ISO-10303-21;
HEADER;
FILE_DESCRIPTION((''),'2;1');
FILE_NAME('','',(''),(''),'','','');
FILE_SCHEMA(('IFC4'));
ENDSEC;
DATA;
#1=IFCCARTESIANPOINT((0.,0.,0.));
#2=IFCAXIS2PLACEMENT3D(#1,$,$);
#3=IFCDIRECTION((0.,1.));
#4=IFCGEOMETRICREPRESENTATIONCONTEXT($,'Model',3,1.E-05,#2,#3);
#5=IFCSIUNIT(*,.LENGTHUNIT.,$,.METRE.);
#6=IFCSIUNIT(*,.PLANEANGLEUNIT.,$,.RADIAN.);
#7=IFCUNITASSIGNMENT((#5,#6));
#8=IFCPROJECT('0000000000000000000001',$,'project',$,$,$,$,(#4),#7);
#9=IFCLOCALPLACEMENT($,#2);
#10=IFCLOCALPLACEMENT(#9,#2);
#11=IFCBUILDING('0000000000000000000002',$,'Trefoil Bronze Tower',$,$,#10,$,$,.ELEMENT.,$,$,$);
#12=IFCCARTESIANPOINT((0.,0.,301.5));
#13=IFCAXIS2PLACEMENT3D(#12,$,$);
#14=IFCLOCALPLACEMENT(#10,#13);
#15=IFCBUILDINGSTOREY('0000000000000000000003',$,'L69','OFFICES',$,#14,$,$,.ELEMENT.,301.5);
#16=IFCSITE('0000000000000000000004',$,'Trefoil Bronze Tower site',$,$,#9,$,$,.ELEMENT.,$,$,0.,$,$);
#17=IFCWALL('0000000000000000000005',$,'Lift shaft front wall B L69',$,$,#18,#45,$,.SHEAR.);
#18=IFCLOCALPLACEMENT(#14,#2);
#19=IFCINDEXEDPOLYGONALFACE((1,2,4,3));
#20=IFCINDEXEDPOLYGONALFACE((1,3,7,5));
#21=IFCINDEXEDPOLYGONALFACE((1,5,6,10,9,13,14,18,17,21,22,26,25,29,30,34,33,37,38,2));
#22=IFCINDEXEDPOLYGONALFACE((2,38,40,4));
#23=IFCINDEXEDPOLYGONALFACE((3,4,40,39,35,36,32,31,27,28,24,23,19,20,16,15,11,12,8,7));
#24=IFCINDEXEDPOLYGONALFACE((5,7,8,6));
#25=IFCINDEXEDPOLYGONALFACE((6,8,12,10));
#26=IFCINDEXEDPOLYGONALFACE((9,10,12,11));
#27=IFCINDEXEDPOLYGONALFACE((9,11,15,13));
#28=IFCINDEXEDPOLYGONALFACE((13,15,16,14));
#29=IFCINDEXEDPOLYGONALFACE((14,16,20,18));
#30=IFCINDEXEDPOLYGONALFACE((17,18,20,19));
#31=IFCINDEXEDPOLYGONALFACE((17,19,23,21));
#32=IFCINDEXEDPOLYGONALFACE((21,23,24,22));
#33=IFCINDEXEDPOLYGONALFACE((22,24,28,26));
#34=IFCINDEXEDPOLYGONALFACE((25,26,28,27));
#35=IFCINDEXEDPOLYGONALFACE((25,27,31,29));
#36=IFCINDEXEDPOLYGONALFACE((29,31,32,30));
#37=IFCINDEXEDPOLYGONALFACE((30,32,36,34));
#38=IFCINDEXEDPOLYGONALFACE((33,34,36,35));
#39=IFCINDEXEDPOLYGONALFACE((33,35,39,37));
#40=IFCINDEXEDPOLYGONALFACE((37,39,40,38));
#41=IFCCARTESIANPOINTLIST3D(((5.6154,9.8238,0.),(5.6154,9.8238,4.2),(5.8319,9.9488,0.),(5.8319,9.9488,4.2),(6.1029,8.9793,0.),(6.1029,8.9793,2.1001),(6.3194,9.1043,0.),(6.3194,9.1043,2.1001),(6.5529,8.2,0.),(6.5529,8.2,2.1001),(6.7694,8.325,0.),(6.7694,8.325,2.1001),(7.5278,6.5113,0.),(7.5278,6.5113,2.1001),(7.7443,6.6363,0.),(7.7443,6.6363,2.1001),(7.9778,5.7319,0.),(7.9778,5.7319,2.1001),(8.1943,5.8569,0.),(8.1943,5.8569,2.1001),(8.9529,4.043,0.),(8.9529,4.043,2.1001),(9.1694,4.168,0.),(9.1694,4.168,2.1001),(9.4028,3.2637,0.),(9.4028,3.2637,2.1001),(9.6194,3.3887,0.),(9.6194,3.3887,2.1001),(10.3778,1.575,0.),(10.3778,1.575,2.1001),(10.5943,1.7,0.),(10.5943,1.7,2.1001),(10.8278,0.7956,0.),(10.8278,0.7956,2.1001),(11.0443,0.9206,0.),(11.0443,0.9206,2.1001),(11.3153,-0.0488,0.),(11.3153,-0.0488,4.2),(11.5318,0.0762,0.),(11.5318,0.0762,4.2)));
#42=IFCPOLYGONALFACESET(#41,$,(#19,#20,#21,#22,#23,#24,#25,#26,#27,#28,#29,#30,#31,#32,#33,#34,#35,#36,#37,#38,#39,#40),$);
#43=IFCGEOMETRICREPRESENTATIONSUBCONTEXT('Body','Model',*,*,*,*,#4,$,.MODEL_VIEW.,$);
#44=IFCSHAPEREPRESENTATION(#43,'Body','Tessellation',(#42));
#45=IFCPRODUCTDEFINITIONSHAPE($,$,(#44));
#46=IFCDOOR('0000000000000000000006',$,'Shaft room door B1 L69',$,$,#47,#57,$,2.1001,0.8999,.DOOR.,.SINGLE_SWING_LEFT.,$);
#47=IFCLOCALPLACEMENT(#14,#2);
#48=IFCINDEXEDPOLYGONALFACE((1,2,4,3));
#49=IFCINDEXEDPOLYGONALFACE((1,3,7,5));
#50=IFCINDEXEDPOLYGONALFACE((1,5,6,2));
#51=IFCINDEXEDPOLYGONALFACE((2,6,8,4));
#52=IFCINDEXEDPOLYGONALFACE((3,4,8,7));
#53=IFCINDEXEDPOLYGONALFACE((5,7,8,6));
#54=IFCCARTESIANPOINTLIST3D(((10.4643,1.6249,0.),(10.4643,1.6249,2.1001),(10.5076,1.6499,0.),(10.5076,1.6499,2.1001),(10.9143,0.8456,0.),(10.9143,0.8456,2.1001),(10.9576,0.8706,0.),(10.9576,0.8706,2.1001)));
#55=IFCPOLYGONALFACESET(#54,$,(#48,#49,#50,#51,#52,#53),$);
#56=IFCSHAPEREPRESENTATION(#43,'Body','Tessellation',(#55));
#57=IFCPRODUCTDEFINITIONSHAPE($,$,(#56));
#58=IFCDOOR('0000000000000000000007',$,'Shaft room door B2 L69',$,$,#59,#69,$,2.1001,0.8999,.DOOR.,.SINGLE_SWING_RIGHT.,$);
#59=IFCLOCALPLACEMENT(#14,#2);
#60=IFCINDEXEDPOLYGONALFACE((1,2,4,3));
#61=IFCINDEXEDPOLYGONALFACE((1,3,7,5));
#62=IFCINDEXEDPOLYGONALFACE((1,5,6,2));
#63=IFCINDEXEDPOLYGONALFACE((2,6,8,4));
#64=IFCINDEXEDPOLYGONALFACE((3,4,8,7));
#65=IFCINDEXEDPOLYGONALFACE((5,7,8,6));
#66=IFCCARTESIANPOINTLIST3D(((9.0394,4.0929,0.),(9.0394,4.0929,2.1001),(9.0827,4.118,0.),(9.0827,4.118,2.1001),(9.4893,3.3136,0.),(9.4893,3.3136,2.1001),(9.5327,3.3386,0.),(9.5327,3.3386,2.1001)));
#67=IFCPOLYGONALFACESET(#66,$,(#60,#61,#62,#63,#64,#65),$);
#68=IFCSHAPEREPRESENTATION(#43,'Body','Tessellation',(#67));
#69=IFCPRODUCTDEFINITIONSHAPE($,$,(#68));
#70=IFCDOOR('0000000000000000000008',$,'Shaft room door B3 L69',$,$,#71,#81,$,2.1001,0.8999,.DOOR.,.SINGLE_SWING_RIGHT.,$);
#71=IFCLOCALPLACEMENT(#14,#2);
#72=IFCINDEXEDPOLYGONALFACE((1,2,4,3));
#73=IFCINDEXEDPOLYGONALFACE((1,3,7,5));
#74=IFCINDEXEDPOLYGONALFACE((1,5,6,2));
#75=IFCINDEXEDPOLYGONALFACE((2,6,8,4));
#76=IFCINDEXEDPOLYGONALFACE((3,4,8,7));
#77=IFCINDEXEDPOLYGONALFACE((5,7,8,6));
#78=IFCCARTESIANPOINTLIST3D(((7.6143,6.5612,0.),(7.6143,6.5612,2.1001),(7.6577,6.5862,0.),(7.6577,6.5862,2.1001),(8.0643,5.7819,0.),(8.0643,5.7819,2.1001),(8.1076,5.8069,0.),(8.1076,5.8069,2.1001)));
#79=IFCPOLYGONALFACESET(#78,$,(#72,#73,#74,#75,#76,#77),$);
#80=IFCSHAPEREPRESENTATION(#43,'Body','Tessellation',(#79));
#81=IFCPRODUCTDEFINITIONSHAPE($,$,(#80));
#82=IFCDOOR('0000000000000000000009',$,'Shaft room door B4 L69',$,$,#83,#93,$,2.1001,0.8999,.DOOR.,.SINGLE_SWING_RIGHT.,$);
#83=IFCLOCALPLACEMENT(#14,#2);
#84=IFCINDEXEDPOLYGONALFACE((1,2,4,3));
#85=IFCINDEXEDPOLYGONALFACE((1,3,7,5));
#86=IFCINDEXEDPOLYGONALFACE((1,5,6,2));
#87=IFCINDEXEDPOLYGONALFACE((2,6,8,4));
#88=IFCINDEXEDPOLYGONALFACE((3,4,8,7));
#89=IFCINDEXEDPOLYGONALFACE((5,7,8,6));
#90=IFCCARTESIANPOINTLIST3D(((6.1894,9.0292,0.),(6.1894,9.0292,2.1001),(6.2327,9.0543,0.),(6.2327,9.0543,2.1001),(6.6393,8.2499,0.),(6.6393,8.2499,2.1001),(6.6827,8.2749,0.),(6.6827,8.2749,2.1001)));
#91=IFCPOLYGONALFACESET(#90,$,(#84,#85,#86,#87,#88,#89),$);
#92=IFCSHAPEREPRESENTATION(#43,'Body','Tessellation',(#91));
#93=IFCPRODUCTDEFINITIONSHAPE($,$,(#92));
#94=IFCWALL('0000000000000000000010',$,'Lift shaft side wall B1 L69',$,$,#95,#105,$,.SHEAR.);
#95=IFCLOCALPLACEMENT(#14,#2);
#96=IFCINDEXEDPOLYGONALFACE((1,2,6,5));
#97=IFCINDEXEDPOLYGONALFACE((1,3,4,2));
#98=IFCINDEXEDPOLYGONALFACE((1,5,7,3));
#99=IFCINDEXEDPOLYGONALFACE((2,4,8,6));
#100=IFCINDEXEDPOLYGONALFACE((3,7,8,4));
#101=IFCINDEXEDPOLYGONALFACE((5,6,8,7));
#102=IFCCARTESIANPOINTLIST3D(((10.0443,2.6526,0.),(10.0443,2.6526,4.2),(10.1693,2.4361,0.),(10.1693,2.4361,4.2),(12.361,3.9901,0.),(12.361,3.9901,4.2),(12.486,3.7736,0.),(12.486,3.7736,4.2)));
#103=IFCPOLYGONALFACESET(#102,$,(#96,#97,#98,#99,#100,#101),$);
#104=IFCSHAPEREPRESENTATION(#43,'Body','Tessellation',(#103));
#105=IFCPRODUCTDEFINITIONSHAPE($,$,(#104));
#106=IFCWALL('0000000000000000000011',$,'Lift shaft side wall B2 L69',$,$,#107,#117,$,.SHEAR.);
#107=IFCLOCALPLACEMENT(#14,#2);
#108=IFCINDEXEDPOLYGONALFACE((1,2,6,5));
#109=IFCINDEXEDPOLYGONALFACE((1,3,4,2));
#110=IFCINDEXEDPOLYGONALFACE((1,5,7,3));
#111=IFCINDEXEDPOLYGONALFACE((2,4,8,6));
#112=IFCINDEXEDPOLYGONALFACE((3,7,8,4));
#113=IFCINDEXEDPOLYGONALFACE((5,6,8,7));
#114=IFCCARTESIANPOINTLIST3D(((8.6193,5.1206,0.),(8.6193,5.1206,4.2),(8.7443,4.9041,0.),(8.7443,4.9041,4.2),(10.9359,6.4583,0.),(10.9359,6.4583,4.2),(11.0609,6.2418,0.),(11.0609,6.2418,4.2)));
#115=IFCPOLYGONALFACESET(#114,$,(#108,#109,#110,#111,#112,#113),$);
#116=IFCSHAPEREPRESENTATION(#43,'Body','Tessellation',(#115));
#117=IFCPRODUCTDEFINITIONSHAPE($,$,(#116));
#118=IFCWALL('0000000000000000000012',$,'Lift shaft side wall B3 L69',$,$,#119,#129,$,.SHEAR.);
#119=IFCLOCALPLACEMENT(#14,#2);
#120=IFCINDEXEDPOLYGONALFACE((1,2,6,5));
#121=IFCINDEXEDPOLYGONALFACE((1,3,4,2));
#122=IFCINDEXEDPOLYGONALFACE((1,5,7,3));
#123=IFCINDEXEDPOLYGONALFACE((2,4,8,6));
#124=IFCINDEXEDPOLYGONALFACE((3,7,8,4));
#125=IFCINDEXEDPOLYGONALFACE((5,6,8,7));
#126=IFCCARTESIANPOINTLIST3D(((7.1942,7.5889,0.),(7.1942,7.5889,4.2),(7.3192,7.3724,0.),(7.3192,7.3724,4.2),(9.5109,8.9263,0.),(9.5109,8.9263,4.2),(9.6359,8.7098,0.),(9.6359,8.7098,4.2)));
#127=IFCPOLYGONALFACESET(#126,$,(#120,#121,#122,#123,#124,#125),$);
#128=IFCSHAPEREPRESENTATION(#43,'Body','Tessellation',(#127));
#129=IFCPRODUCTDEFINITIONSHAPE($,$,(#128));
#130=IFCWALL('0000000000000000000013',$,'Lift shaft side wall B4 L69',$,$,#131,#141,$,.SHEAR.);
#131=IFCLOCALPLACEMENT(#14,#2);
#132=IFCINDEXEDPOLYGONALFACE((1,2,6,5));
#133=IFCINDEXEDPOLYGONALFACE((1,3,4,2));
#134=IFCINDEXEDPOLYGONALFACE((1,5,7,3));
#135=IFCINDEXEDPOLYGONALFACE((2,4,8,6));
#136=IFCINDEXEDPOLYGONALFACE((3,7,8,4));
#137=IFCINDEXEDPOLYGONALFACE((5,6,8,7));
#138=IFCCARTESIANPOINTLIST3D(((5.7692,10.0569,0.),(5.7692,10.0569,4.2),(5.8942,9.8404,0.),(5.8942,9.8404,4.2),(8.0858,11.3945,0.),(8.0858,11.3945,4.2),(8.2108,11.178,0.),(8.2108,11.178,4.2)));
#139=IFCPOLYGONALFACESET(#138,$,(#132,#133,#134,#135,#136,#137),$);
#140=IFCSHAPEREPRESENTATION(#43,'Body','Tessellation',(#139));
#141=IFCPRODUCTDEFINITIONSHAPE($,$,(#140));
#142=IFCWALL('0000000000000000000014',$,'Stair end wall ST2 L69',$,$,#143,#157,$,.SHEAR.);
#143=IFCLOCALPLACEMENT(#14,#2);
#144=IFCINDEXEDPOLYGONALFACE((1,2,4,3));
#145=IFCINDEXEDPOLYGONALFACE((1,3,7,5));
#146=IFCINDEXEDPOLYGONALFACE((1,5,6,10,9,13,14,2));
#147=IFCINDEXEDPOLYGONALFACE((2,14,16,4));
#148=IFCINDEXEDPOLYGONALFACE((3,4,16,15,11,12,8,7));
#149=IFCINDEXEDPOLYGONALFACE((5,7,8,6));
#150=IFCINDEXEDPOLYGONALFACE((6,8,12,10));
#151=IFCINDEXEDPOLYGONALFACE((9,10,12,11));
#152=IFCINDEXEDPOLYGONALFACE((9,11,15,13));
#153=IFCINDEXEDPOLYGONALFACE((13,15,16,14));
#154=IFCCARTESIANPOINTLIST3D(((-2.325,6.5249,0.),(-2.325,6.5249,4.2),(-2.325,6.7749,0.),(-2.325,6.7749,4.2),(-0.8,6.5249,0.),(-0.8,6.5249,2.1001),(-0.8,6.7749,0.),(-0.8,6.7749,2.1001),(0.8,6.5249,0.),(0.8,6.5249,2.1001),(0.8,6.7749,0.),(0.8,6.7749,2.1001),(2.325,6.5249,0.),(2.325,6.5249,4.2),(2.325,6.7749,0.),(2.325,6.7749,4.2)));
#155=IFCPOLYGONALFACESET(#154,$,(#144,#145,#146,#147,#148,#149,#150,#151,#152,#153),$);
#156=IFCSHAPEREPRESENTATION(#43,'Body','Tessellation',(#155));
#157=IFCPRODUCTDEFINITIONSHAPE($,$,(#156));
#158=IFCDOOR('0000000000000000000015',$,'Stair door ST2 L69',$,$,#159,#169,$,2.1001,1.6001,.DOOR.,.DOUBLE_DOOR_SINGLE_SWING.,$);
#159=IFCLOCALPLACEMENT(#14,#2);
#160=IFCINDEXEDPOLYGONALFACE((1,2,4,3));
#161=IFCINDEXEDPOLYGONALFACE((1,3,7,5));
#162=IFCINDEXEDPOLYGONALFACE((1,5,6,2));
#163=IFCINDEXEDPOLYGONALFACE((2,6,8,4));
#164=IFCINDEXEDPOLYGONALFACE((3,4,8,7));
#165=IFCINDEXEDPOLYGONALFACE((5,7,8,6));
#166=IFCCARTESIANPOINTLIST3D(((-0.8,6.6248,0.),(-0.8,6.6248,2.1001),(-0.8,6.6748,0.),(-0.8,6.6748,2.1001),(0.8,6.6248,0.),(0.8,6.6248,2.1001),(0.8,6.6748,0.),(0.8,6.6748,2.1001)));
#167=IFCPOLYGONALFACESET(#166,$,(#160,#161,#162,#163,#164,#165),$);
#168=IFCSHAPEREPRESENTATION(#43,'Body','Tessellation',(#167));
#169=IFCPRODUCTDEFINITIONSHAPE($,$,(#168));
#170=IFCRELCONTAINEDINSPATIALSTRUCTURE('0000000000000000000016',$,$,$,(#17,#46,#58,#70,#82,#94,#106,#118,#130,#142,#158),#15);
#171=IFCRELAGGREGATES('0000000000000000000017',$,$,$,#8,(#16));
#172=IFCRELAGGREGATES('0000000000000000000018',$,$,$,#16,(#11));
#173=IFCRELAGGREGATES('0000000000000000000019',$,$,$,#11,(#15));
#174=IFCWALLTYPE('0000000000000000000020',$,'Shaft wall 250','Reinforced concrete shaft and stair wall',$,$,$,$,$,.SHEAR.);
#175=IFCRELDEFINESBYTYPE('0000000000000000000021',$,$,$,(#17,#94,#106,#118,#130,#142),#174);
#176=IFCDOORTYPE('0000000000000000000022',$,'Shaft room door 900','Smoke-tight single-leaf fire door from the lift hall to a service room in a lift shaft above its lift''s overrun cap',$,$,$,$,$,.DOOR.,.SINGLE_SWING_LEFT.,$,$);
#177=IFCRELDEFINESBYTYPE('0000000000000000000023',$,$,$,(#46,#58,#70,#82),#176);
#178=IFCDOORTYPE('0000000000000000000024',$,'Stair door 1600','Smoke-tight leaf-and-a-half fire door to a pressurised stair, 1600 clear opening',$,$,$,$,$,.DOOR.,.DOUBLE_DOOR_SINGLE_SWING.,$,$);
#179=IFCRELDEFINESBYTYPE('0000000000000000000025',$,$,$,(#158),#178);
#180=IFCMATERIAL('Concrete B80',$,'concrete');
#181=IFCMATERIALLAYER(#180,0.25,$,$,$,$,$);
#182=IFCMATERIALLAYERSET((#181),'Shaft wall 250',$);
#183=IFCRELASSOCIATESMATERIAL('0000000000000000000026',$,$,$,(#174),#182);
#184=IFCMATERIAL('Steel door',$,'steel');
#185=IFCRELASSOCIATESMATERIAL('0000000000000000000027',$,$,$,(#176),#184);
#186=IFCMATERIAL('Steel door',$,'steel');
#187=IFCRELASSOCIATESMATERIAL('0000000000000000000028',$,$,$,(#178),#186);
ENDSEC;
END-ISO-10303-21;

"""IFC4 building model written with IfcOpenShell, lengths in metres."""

from ifc_helpers import new_model, si_unit, direction, frame, frame_2d, origin, place, context, subcontext, project, spatial, rectangle, extrude, material, layer, layer_set, type_object, element, fill, save


model = new_model("IFC4")

# Units and contexts
model_context = context("Model", 3, precision=1e-05, world=origin(), true_north=direction((0.0, 1.0)))
body_context = subcontext(model_context, "Body", "Model", "MODEL_VIEW")
ifc_project = project(units=[si_unit("LENGTHUNIT", "METRE"), si_unit("PLANEANGLEUNIT", "RADIAN")], contexts=[model_context])

# Site, building, storey
site_placement = place(None, origin())
site = spatial("IfcSite", under=ifc_project, at=site_placement, Name="Trefoil Bronze Tower site", CompositionType="ELEMENT", RefElevation=0.0)
building_placement = place(site_placement, origin())
building = spatial("IfcBuilding", under=site, at=building_placement, Name="Trefoil Bronze Tower", CompositionType="ELEMENT")
storey_placement = place(building_placement, frame((0.0, 0.0, 301.5)))
storey = spatial("IfcBuildingStorey", under=building, at=storey_placement, Name="L69", Description="OFFICES", CompositionType="ELEMENT", Elevation=301.5)

# Wall, openings, doors
ifc_material_1 = material(Name="Concrete B80", Category="concrete")
ifc_layer_1 = layer(ifc_material_1, 0.25)
ifc_layer_set_1 = layer_set([ifc_layer_1], Name="Shaft wall 250")
wall_type_1 = type_object("IfcWallType", Name="Shaft wall 250", Description="Reinforced concrete shaft and stair wall", PredefinedType="SHEAR", material=ifc_layer_set_1)
wall_1_placement = place(storey_placement, frame((11.4236, 0.0137, 0.0), z_axis=(0.0, 0.0, 1.0), x_axis=(-0.500002, 0.866024, 0.0)))
wall_1 = element("IfcWall", 1, at=wall_1_placement, inside=storey, type_object=wall_type_1, Name="Lift shaft front wall B L69", PredefinedType="SHEAR", context=body_context, shape_type="SweptSolid", body=[
    extrude(rectangle(XDim=11.3999, YDim=0.25, at=frame_2d((5.7, 0.0))), origin(), (0.0, 0.0, 1.0), 4.2),
])
opening_1_placement = place(wall_1_placement, frame((0.9751, 0.0, 0.0)))
opening_1 = element("IfcOpeningElement", 2, at=opening_1_placement, cuts=wall_1, PredefinedType="OPENING", context=body_context, shape_type="SweptSolid", body=[
    extrude(rectangle(XDim=0.8999, YDim=2.1001, at=frame_2d((0.45, 1.05))), frame((0.0, 0.135, 0.0), z_axis=(0.0, -1.0, 0.0), x_axis=(1.0, 0.0, 0.0)), (0.0, 0.0, 1.0), 0.27),
])
opening_2_placement = place(wall_1_placement, frame((3.825, 0.0, 0.0)))
opening_2 = element("IfcOpeningElement", 3, at=opening_2_placement, cuts=wall_1, PredefinedType="OPENING", context=body_context, shape_type="SweptSolid", body=[
    extrude(rectangle(XDim=0.8999, YDim=2.1001, at=frame_2d((0.45, 1.05))), frame((0.0, 0.135, 0.0), z_axis=(0.0, -1.0, 0.0), x_axis=(1.0, 0.0, 0.0)), (0.0, 0.0, 1.0), 0.27),
])
opening_3_placement = place(wall_1_placement, frame((6.675, 0.0, 0.0)))
opening_3 = element("IfcOpeningElement", 4, at=opening_3_placement, cuts=wall_1, PredefinedType="OPENING", context=body_context, shape_type="SweptSolid", body=[
    extrude(rectangle(XDim=0.8999, YDim=2.1001, at=frame_2d((0.45, 1.05))), frame((0.0, 0.135, 0.0), z_axis=(0.0, -1.0, 0.0), x_axis=(1.0, 0.0, 0.0)), (0.0, 0.0, 1.0), 0.27),
])
opening_4_placement = place(wall_1_placement, frame((9.5249, 0.0, 0.0)))
opening_4 = element("IfcOpeningElement", 5, at=opening_4_placement, cuts=wall_1, PredefinedType="OPENING", context=body_context, shape_type="SweptSolid", body=[
    extrude(rectangle(XDim=0.8999, YDim=2.1001, at=frame_2d((0.45, 1.05))), frame((0.0, 0.135, 0.0), z_axis=(0.0, -1.0, 0.0), x_axis=(1.0, 0.0, 0.0)), (0.0, 0.0, 1.0), 0.27),
])
ifc_material_2 = material(Name="Steel door", Category="steel")
door_type_1 = type_object("IfcDoorType", Name="Shaft room door 900", Description="Smoke-tight single-leaf fire door from the lift hall to a service room in a lift shaft above its lift's overrun cap", OperationType="SINGLE_SWING_LEFT", PredefinedType="DOOR", material=ifc_material_2)
door_1_placement = place(opening_1_placement, frame((0.8999, 0.0, 0.0), z_axis=(0.0, 0.0, 1.0), x_axis=(-1.0, 0.0, 0.0)))
door_1 = element("IfcDoor", 6, at=door_1_placement, inside=storey, type_object=door_type_1, Name="Shaft room door B1 L69", OperationType="SINGLE_SWING_LEFT", OverallHeight=2.1001, OverallWidth=0.8999, PredefinedType="DOOR", context=body_context, shape_type="SweptSolid", body=[
    extrude(rectangle(XDim=0.8999, YDim=2.1001, at=frame_2d((0.45, 1.05))), frame((0.0, 0.0249, 0.0), z_axis=(0.0, -1.0, 0.0), x_axis=(1.0, 0.0, 0.0)), (0.0, 0.0, 1.0), 0.05),
])
fill(opening_1, door_1)
door_2_placement = place(opening_2_placement, frame((0.8999, 0.0, 0.0), z_axis=(0.0, 0.0, 1.0), x_axis=(-1.0, 0.0, 0.0)))
door_2 = element("IfcDoor", 7, at=door_2_placement, inside=storey, type_object=door_type_1, Name="Shaft room door B2 L69", OperationType="SINGLE_SWING_RIGHT", OverallHeight=2.1001, OverallWidth=0.8999, PredefinedType="DOOR", context=body_context, shape_type="SweptSolid", body=[
    extrude(rectangle(XDim=0.8999, YDim=2.1001, at=frame_2d((0.45, 1.05))), frame((0.0, 0.0249, 0.0), z_axis=(0.0, -1.0, 0.0), x_axis=(1.0, 0.0, 0.0)), (0.0, 0.0, 1.0), 0.05),
])
fill(opening_2, door_2)
door_3_placement = place(opening_3_placement, frame((0.8999, 0.0, 0.0), z_axis=(0.0, 0.0, 1.0), x_axis=(-1.0, 0.0, 0.0)))
door_3 = element("IfcDoor", 8, at=door_3_placement, inside=storey, type_object=door_type_1, Name="Shaft room door B3 L69", OperationType="SINGLE_SWING_RIGHT", OverallHeight=2.1001, OverallWidth=0.8999, PredefinedType="DOOR", context=body_context, shape_type="SweptSolid", body=[
    extrude(rectangle(XDim=0.8999, YDim=2.1001, at=frame_2d((0.45, 1.05))), frame((0.0, 0.0249, 0.0), z_axis=(0.0, -1.0, 0.0), x_axis=(1.0, 0.0, 0.0)), (0.0, 0.0, 1.0), 0.05),
])
fill(opening_3, door_3)
door_4_placement = place(opening_4_placement, frame((0.8999, 0.0, 0.0), z_axis=(0.0, 0.0, 1.0), x_axis=(-1.0, 0.0, 0.0)))
door_4 = element("IfcDoor", 9, at=door_4_placement, inside=storey, type_object=door_type_1, Name="Shaft room door B4 L69", OperationType="SINGLE_SWING_RIGHT", OverallHeight=2.1001, OverallWidth=0.8999, PredefinedType="DOOR", context=body_context, shape_type="SweptSolid", body=[
    extrude(rectangle(XDim=0.8999, YDim=2.1001, at=frame_2d((0.45, 1.05))), frame((0.0, 0.0249, 0.0), z_axis=(0.0, -1.0, 0.0), x_axis=(1.0, 0.0, 0.0)), (0.0, 0.0, 1.0), 0.05),
])
fill(opening_4, door_4)

# Walls
for number, where, z_axis, x_axis, name in (
    (10, (10.1069, 2.5444, 0.0), (0.0, 0.0, 1.0), (0.866044, 0.499967, 0.0), "Lift shaft side wall B1 L69"),
    (11, (8.6819, 5.0125, 0.0), (0.0, 0.0, 1.0), (0.866005, 0.500036, 0.0), "Lift shaft side wall B2 L69"),
    (12, (7.2568, 7.4807, 0.0), (0.0, 0.0, 1.0), (0.866044, 0.499967, 0.0), "Lift shaft side wall B3 L69"),
    (13, (5.8318, 9.9487, 0.0), (0.0, 0.0, 1.0), (0.866005, 0.500036, 0.0), "Lift shaft side wall B4 L69"),
):
    element("IfcWall", number, at=place(storey_placement, frame(where, z_axis=z_axis, x_axis=x_axis)), inside=storey, type_object=wall_type_1, Name=name, PredefinedType="SHEAR", context=body_context, shape_type="SweptSolid", body=[
        extrude(rectangle(XDim=2.675, YDim=0.25, at=frame_2d((1.3374, 0.0))), origin(), (0.0, 0.0, 1.0), 4.2),
    ])

# Wall, opening, door
wall_2_placement = place(storey_placement, frame((2.325, 6.6499, 0.0), z_axis=(0.0, 0.0, 1.0), x_axis=(-1.0, 0.0, 0.0)))
wall_2 = element("IfcWall", 14, at=wall_2_placement, inside=storey, type_object=wall_type_1, Name="Stair end wall ST2 L69", PredefinedType="SHEAR", context=body_context, shape_type="SweptSolid", body=[
    extrude(rectangle(XDim=4.6499, YDim=0.25, at=frame_2d((2.325, 0.0))), origin(), (0.0, 0.0, 1.0), 4.2),
])
opening_5_placement = place(wall_2_placement, frame((1.5249, 0.0, 0.0)))
opening_5 = element("IfcOpeningElement", 15, at=opening_5_placement, cuts=wall_2, PredefinedType="OPENING", context=body_context, shape_type="SweptSolid", body=[
    extrude(rectangle(XDim=1.6001, YDim=2.1001, at=frame_2d((0.8, 1.05))), frame((0.0, 0.135, 0.0), z_axis=(0.0, -1.0, 0.0), x_axis=(1.0, 0.0, 0.0)), (0.0, 0.0, 1.0), 0.27),
])
ifc_material_3 = material(Name="Steel door", Category="steel")
door_type_2 = type_object("IfcDoorType", Name="Stair door 1600", Description="Smoke-tight leaf-and-a-half fire door to a pressurised stair, 1600 clear opening", OperationType="DOUBLE_DOOR_SINGLE_SWING", PredefinedType="DOOR", material=ifc_material_3)
door_5_placement = place(opening_5_placement, frame((1.6001, 0.0, 0.0), z_axis=(0.0, 0.0, 1.0), x_axis=(-1.0, 0.0, 0.0)))
door_5 = element("IfcDoor", 16, at=door_5_placement, inside=storey, type_object=door_type_2, Name="Stair door ST2 L69", OperationType="DOUBLE_DOOR_SINGLE_SWING", OverallHeight=2.1001, OverallWidth=1.6001, PredefinedType="DOOR", context=body_context, shape_type="SweptSolid", body=[
    extrude(rectangle(XDim=1.6001, YDim=2.1001, at=frame_2d((0.8, 1.05))), frame((0.0, 0.0249, 0.0), z_axis=(0.0, -1.0, 0.0), x_axis=(1.0, 0.0, 0.0)), (0.0, 0.0, 1.0), 0.05),
])
fill(opening_5, door_5)

save(model, "model.ifc")
